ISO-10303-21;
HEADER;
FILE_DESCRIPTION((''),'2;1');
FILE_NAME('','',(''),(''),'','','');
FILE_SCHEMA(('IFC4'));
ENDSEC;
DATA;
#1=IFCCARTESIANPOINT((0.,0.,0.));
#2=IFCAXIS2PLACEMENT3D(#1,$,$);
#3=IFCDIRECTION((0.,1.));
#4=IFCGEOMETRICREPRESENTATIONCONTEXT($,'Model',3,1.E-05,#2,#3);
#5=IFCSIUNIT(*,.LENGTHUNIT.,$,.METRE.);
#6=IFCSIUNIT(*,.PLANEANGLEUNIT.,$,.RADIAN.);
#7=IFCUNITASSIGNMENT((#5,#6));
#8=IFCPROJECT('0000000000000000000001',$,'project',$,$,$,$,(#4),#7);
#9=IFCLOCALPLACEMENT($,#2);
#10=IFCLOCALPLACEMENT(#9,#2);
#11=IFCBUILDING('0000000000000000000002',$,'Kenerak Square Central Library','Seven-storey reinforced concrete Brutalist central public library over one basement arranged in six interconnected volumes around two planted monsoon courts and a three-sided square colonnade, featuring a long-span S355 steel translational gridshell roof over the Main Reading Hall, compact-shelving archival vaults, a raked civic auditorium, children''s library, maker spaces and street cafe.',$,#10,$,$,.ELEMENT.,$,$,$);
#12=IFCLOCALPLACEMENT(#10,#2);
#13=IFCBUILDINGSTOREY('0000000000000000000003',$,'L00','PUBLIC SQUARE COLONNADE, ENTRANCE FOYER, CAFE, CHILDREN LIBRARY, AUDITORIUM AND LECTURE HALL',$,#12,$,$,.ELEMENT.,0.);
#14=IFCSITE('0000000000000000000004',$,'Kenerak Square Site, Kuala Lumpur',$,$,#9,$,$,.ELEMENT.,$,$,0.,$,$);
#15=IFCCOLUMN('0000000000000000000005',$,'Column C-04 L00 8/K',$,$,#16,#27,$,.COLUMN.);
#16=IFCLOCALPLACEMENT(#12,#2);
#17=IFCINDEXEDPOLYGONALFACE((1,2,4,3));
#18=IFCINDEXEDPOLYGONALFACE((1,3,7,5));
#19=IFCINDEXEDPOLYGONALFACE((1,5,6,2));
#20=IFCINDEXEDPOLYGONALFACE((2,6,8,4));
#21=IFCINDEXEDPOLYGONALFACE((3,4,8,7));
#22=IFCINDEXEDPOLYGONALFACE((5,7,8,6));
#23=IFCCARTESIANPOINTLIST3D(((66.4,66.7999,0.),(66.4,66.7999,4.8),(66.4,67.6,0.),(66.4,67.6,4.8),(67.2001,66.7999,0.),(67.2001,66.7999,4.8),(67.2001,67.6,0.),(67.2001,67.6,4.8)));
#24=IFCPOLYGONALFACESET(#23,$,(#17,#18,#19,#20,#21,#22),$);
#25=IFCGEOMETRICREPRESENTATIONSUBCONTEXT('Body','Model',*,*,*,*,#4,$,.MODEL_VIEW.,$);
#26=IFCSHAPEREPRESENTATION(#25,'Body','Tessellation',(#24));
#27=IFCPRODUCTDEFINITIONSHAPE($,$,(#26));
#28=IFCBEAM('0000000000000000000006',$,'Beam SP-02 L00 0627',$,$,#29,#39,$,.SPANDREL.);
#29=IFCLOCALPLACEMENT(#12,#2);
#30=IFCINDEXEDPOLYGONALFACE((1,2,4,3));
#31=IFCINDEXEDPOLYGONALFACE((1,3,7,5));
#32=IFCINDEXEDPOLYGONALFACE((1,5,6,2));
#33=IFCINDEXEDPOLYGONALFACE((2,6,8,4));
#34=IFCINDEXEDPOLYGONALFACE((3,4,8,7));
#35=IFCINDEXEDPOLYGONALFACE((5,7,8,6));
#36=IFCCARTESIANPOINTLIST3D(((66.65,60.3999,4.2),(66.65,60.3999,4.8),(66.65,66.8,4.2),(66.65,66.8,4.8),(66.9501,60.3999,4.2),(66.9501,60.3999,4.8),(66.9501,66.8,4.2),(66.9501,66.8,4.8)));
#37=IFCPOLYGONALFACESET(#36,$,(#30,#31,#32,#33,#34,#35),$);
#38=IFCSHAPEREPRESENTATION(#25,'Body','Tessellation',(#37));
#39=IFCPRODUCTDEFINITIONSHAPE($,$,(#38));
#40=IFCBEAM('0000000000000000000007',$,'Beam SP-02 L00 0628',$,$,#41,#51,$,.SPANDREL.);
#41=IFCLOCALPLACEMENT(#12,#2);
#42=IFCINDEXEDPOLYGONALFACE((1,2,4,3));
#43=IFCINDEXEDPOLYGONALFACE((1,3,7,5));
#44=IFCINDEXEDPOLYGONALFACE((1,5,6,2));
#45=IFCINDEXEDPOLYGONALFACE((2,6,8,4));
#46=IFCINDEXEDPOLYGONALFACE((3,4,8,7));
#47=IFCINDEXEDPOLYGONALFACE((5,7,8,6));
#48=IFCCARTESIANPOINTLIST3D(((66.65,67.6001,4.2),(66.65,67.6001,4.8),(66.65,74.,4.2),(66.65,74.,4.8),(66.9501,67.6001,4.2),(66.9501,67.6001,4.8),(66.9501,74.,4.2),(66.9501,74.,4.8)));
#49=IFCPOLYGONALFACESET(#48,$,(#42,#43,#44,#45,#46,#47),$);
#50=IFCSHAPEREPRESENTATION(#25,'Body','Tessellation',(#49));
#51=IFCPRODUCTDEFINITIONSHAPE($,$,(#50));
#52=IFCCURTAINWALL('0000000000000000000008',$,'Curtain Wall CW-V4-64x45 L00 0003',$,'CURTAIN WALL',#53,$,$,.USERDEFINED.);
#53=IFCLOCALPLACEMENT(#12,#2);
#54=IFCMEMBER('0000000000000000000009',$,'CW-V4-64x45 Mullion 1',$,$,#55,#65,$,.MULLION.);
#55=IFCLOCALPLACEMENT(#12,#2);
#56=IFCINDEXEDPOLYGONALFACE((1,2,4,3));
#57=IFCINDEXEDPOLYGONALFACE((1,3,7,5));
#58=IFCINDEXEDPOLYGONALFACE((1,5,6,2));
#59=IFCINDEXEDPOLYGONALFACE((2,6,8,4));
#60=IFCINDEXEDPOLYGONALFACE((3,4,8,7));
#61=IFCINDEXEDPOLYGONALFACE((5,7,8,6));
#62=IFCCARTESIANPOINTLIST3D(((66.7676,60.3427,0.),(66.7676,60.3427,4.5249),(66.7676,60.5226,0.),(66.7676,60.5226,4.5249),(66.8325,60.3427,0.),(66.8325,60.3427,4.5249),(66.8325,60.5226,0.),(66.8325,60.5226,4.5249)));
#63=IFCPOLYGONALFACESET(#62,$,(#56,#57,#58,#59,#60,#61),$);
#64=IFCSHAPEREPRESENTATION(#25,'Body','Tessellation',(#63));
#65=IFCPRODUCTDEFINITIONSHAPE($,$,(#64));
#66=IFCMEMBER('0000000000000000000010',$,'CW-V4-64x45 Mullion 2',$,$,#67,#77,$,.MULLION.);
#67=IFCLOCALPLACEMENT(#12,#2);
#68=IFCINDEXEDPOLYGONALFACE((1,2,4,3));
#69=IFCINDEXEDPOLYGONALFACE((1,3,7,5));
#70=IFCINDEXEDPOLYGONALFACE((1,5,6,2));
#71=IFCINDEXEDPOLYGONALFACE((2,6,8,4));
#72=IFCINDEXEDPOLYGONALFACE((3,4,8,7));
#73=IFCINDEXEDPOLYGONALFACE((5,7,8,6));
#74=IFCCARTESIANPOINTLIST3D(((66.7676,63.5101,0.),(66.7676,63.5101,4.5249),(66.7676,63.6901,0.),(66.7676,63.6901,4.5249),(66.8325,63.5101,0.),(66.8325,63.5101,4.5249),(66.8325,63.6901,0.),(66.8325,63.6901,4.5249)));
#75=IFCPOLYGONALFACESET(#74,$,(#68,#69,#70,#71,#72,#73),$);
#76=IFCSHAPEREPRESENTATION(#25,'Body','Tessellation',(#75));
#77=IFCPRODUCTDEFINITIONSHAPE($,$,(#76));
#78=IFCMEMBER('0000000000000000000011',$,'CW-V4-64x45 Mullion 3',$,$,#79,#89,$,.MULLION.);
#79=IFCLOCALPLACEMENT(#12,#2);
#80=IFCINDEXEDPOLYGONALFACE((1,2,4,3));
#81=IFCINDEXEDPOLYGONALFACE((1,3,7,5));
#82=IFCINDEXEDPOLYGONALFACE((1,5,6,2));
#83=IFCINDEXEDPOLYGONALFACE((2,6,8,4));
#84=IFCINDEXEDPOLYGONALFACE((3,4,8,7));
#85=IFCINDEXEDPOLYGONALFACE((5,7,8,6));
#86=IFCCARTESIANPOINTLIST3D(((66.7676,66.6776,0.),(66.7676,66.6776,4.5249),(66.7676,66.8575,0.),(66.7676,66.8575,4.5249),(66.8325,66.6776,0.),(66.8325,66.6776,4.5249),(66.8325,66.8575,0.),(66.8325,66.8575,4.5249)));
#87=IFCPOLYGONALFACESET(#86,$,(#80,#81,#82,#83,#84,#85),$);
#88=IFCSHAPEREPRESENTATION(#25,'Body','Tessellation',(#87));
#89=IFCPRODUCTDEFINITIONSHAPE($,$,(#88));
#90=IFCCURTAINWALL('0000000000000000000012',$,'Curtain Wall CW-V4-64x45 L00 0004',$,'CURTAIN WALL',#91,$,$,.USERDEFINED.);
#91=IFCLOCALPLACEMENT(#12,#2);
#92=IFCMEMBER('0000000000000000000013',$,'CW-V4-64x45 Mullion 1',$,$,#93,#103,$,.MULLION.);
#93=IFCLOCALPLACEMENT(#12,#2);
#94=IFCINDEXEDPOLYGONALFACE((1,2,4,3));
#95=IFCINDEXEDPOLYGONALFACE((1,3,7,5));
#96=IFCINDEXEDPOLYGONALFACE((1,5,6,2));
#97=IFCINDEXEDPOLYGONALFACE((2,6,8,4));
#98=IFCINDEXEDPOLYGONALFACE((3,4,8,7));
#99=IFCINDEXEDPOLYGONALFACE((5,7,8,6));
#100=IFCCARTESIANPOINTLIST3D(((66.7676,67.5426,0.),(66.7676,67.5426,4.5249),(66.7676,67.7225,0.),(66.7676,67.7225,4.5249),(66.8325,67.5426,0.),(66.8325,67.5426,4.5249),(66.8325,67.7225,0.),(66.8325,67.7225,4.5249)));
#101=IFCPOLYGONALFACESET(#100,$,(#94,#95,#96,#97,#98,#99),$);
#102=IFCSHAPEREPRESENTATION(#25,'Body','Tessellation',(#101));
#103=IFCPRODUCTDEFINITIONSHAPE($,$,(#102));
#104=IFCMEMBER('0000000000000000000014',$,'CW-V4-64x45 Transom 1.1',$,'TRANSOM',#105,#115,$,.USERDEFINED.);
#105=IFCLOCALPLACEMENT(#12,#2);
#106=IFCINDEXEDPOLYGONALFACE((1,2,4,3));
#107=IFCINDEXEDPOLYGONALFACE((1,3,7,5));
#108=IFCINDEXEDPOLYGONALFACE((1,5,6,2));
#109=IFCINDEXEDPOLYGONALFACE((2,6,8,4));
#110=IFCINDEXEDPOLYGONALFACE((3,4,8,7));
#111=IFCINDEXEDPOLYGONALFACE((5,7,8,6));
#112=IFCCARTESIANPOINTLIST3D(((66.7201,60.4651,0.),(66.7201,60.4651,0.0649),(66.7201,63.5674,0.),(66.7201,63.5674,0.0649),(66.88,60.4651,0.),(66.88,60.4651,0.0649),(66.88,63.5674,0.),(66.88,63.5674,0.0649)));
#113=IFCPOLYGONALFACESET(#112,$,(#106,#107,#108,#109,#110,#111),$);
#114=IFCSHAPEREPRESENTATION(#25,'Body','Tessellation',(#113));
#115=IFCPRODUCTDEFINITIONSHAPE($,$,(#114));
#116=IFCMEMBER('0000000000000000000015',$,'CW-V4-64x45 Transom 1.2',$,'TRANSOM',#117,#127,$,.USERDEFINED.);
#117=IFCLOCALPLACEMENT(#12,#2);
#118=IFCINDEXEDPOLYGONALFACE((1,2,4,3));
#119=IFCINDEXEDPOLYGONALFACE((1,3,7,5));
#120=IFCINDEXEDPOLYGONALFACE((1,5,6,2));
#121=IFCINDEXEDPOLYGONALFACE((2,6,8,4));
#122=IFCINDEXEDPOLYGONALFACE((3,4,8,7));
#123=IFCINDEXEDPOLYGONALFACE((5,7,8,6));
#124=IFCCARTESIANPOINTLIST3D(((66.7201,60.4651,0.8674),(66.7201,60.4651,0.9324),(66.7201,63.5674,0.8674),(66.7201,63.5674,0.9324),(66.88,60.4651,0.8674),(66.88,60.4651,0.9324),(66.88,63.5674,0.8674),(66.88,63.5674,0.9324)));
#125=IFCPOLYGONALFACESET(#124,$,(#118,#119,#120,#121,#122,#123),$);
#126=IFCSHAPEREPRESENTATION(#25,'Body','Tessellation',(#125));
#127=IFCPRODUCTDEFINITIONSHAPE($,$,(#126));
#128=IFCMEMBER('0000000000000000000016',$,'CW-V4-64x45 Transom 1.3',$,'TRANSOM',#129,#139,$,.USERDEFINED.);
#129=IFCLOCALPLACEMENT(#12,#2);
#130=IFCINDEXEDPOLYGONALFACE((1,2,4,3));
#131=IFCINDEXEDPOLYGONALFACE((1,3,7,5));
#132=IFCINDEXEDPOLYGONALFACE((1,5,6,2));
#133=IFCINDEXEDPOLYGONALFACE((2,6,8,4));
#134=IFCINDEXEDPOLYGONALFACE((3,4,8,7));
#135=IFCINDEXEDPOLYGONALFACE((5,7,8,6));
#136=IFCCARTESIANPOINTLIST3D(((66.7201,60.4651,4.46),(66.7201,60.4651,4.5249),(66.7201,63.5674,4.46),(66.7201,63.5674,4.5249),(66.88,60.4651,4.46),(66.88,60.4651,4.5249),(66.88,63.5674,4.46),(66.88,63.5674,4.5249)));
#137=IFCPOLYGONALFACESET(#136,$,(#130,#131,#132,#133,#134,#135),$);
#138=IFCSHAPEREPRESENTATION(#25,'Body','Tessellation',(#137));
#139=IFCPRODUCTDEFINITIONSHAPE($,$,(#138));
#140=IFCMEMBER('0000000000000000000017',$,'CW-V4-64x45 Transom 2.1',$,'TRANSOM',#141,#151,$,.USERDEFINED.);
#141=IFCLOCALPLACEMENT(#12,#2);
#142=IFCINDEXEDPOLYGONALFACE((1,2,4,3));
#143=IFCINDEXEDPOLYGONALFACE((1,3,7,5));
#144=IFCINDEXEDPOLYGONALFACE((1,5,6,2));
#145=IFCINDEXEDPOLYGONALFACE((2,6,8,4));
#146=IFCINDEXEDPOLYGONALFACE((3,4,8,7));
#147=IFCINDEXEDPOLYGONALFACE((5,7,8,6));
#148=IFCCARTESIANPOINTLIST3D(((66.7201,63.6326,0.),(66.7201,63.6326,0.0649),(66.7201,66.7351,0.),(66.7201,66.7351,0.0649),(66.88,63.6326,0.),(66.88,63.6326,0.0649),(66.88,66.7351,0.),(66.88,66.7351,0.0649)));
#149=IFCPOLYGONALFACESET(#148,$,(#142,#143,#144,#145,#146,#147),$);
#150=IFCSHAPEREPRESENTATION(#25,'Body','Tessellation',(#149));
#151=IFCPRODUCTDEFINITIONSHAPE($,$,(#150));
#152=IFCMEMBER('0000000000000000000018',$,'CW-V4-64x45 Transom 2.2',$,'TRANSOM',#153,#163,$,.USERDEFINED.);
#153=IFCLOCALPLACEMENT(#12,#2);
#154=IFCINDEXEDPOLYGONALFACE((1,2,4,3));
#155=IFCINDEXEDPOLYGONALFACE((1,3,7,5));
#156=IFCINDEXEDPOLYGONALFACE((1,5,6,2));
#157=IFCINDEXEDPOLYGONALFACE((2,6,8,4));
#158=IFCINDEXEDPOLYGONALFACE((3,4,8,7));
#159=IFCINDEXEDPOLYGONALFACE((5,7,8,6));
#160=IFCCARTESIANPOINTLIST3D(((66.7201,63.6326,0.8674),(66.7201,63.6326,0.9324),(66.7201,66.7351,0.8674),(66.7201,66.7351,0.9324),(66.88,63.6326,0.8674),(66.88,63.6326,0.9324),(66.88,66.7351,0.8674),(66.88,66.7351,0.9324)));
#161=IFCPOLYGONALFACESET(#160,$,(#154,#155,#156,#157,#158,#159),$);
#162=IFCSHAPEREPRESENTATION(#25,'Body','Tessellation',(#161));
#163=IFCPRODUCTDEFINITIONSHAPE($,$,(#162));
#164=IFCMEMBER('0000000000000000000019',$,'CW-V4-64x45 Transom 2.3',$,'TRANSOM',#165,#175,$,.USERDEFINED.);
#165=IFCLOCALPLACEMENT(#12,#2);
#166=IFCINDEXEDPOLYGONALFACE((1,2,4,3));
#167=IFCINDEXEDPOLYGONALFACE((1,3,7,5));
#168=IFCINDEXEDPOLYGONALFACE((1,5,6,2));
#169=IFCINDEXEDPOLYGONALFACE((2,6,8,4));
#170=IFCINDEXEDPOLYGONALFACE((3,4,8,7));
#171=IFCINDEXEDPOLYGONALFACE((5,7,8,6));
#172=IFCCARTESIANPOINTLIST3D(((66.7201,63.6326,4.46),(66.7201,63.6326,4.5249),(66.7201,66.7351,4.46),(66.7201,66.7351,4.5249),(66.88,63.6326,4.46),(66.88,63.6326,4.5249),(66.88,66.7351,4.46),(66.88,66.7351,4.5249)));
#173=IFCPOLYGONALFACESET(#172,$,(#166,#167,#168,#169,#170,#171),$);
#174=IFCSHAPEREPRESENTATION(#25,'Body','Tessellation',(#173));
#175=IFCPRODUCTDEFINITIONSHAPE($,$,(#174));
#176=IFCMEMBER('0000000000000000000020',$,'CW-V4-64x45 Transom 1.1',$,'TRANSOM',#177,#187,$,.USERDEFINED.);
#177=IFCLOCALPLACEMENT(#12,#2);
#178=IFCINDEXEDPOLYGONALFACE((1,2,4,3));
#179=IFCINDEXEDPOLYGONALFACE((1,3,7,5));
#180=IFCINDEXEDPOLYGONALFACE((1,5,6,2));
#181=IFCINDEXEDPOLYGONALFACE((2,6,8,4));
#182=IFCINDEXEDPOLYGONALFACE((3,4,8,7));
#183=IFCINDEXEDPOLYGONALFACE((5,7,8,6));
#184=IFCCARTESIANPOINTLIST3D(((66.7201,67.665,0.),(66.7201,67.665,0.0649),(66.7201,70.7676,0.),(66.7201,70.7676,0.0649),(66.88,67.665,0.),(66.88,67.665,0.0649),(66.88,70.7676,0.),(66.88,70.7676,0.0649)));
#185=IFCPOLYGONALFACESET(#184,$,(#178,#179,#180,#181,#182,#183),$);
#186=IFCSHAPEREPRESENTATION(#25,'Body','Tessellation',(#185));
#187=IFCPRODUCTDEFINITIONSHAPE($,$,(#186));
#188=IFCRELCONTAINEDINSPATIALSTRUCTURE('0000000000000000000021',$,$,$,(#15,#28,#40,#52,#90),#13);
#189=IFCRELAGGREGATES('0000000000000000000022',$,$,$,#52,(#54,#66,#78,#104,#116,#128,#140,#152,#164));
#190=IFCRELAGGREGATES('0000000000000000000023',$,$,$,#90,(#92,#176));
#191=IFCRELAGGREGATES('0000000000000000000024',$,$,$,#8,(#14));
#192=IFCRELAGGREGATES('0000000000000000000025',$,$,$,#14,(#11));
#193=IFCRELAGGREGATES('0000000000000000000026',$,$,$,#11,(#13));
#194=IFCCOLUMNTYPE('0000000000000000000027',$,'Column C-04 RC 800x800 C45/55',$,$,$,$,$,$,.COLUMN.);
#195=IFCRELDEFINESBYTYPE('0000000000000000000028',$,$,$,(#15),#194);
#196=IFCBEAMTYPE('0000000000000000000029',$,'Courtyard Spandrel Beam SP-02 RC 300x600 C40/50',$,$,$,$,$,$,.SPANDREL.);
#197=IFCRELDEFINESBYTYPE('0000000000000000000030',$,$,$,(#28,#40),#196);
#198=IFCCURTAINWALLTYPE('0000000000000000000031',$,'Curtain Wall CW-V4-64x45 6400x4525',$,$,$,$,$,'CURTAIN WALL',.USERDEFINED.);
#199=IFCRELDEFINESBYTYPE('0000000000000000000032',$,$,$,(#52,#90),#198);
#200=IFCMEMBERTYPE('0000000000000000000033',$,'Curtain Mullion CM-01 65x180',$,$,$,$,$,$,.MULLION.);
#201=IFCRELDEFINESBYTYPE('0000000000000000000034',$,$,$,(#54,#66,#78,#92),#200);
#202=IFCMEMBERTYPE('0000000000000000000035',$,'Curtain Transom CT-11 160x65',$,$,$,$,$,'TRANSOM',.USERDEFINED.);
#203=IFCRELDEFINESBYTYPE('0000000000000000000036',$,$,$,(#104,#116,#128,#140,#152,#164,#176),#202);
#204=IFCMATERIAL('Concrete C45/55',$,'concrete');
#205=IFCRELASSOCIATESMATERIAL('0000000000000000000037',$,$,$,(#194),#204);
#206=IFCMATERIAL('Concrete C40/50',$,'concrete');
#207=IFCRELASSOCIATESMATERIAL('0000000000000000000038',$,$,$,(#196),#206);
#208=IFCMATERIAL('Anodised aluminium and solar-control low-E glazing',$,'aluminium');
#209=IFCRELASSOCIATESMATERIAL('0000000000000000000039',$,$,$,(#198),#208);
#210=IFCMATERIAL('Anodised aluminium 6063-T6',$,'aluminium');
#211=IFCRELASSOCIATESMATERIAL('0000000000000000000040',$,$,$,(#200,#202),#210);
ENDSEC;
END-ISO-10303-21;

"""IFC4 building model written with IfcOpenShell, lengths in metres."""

from ifc_helpers import new_model, si_unit, direction, frame, origin, origin_2d, place, context, subcontext, project, spatial, rectangle, extrude, material, material_profile, profile_set, type_object, element, aggregate, save


model = new_model("IFC4")

# Units and contexts
model_context = context("Model", 3, precision=1e-05, world=origin(), true_north=direction((0.0, 1.0)))
body_context = subcontext(model_context, "Body", "Model", "MODEL_VIEW")
ifc_project = project(units=[si_unit("LENGTHUNIT", "METRE"), si_unit("PLANEANGLEUNIT", "RADIAN")], contexts=[model_context])

# Site, building, storey
site_placement = place(None, origin())
site = spatial("IfcSite", under=ifc_project, at=site_placement, Name="Kenerak Square Site, Kuala Lumpur", CompositionType="ELEMENT", RefElevation=0.0)
building_placement = place(site_placement, origin())
building = spatial("IfcBuilding", under=site, at=building_placement, Name="Kenerak Square Central Library", Description="Seven-storey reinforced concrete Brutalist central public library over one basement arranged in six interconnected volumes around two planted monsoon courts and a three-sided square colonnade, featuring a long-span S355 steel translational gridshell roof over the Main Reading Hall, compact-shelving archival vaults, a raked civic auditorium, children's library, maker spaces and street cafe.", CompositionType="ELEMENT")
storey_placement = place(building_placement, origin())
storey = spatial("IfcBuildingStorey", under=building, at=storey_placement, Name="L00", Description="PUBLIC SQUARE COLONNADE, ENTRANCE FOYER, CAFE, CHILDREN LIBRARY, AUDITORIUM AND LECTURE HALL", CompositionType="ELEMENT", Elevation=0.0)

# Column
ifc_material_1 = material(Name="Concrete C45/55", Category="concrete")
ifc_material_profile_1 = material_profile(ifc_material_1, rectangle(XDim=0.8, YDim=0.8, at=origin_2d()), Name="RC 800x800")
ifc_profile_set_1 = profile_set([ifc_material_profile_1], Name="Concrete C45/55")
column_type = type_object("IfcColumnType", Name="Column C-04 RC 800x800 C45/55", PredefinedType="COLUMN", material=ifc_profile_set_1)
column_placement = place(storey_placement, frame((66.8, 67.2, 0.0), z_axis=(0.0, 0.0, 1.0), x_axis=(1.0, 0.0, 0.0)))
element("IfcColumn", 1, at=column_placement, inside=storey, type_object=column_type, Name="Column C-04 L00 8/K", PredefinedType="COLUMN", context=body_context, shape_type="SweptSolid", body=[
    extrude(rectangle(XDim=0.8, YDim=0.8, at=origin_2d()), origin(), (0.0, 0.0, 1.0), 4.8),
])

# Beams
ifc_material_2 = material(Name="Concrete C40/50", Category="concrete")
ifc_material_profile_2 = material_profile(ifc_material_2, rectangle(XDim=0.3, YDim=0.6001, at=origin_2d()), Name="RC 300x600")
ifc_profile_set_2 = profile_set([ifc_material_profile_2], Name="Concrete C40/50")
beam_type = type_object("IfcBeamType", Name="Courtyard Spandrel Beam SP-02 RC 300x600 C40/50", PredefinedType="SPANDREL", material=ifc_profile_set_2)
beam_1_placement = place(storey_placement, frame((66.8, 60.3999, 4.5), z_axis=(0.0, 1.0, 0.0), x_axis=(-1.0, 0.0, 0.0)))
element("IfcBeam", 2, at=beam_1_placement, inside=storey, type_object=beam_type, Name="Beam SP-02 L00 0627", PredefinedType="SPANDREL", context=body_context, shape_type="SweptSolid", body=[
    extrude(rectangle(XDim=0.3, YDim=0.6001, at=origin_2d()), origin(), (0.0, 0.0, 1.0), 6.4001),
])
beam_2_placement = place(storey_placement, frame((66.8, 67.6001, 4.5), z_axis=(0.0, 1.0, 0.0), x_axis=(-1.0, 0.0, 0.0)))
element("IfcBeam", 3, at=beam_2_placement, inside=storey, type_object=beam_type, Name="Beam SP-02 L00 0628", PredefinedType="SPANDREL", context=body_context, shape_type="SweptSolid", body=[
    extrude(rectangle(XDim=0.3, YDim=0.6001, at=origin_2d()), origin(), (0.0, 0.0, 1.0), 6.3999),
])

# Curtain wall, members
ifc_material_3 = material(Name="Anodised aluminium and solar-control low-E glazing", Category="aluminium")
curtain_wall_type = type_object("IfcCurtainWallType", Name="Curtain Wall CW-V4-64x45 6400x4525", ElementType="CURTAIN WALL", PredefinedType="USERDEFINED", material=ifc_material_3)
curtain_wall_1_placement = place(storey_placement, origin())
curtain_wall_1 = element("IfcCurtainWall", 4, at=curtain_wall_1_placement, inside=storey, type_object=curtain_wall_type, Name="Curtain Wall CW-V4-64x45 L00 0003", ObjectType="CURTAIN WALL", PredefinedType="USERDEFINED")
ifc_material_4 = material(Name="Anodised aluminium 6063-T6", Category="aluminium")
ifc_material_profile_3 = material_profile(ifc_material_4, rectangle(XDim=0.0649, YDim=0.1799, at=origin_2d()), Name="AL MULLION 65x180")
ifc_profile_set_3 = profile_set([ifc_material_profile_3], Name="Anodised aluminium 6063-T6")
member_type_1 = type_object("IfcMemberType", Name="Curtain Mullion CM-01 65x180", PredefinedType="MULLION", material=ifc_profile_set_3)
member_1_placement = place(storey_placement, frame((66.8, 60.4326, 0.0), z_axis=(0.0, 0.0, 1.0), x_axis=(-1.0, 0.0, 0.0)))
member_1 = element("IfcMember", 5, at=member_1_placement, type_object=member_type_1, Name="CW-V4-64x45 Mullion 1", PredefinedType="MULLION", context=body_context, shape_type="SweptSolid", body=[
    extrude(rectangle(XDim=0.0649, YDim=0.1799, at=origin_2d()), origin(), (0.0, 0.0, 1.0), 4.5249),
])
member_2_placement = place(storey_placement, frame((66.8, 63.6001, 0.0), z_axis=(0.0, 0.0, 1.0), x_axis=(-1.0, 0.0, 0.0)))
member_2 = element("IfcMember", 6, at=member_2_placement, type_object=member_type_1, Name="CW-V4-64x45 Mullion 2", PredefinedType="MULLION", context=body_context, shape_type="SweptSolid", body=[
    extrude(rectangle(XDim=0.0649, YDim=0.1799, at=origin_2d()), origin(), (0.0, 0.0, 1.0), 4.5249),
])
member_3_placement = place(storey_placement, frame((66.8, 66.7676, 0.0), z_axis=(0.0, 0.0, 1.0), x_axis=(-1.0, 0.0, 0.0)))
member_3 = element("IfcMember", 7, at=member_3_placement, type_object=member_type_1, Name="CW-V4-64x45 Mullion 3", PredefinedType="MULLION", context=body_context, shape_type="SweptSolid", body=[
    extrude(rectangle(XDim=0.0649, YDim=0.1799, at=origin_2d()), origin(), (0.0, 0.0, 1.0), 4.5249),
])

# Curtain wall, member
curtain_wall_2_placement = place(storey_placement, origin())
curtain_wall_2 = element("IfcCurtainWall", 8, at=curtain_wall_2_placement, inside=storey, type_object=curtain_wall_type, Name="Curtain Wall CW-V4-64x45 L00 0004", ObjectType="CURTAIN WALL", PredefinedType="USERDEFINED")
member_4_placement = place(storey_placement, frame((66.8, 67.6326, 0.0), z_axis=(0.0, 0.0, 1.0), x_axis=(-1.0, 0.0, 0.0)))
member_4 = element("IfcMember", 9, at=member_4_placement, type_object=member_type_1, Name="CW-V4-64x45 Mullion 1", PredefinedType="MULLION", context=body_context, shape_type="SweptSolid", body=[
    extrude(rectangle(XDim=0.0649, YDim=0.1799, at=origin_2d()), origin(), (0.0, 0.0, 1.0), 4.5249),
])

# Members
ifc_material_profile_4 = material_profile(ifc_material_4, rectangle(XDim=0.1599, YDim=0.0649, at=origin_2d()), Name="AL TRANSOM 160x65")
ifc_profile_set_4 = profile_set([ifc_material_profile_4], Name="Anodised aluminium 6063-T6")
member_type_2 = type_object("IfcMemberType", Name="Curtain Transom CT-11 160x65", ElementType="TRANSOM", PredefinedType="USERDEFINED", material=ifc_profile_set_4)
member_5_placement = place(storey_placement, frame((66.8, 60.4651, 0.0325), z_axis=(0.0, 1.0, 0.0), x_axis=(-1.0, 0.0, 0.0)))
member_5 = element("IfcMember", 10, at=member_5_placement, type_object=member_type_2, Name="CW-V4-64x45 Transom 1.1", ObjectType="TRANSOM", PredefinedType="USERDEFINED", context=body_context, shape_type="SweptSolid", body=[
    extrude(rectangle(XDim=0.1599, YDim=0.0649, at=origin_2d()), origin(), (0.0, 0.0, 1.0), 3.1023),
])
member_6_placement = place(storey_placement, frame((66.8, 60.4651, 0.8999), z_axis=(0.0, 1.0, 0.0), x_axis=(-1.0, 0.0, 0.0)))
member_6 = element("IfcMember", 11, at=member_6_placement, type_object=member_type_2, Name="CW-V4-64x45 Transom 1.2", ObjectType="TRANSOM", PredefinedType="USERDEFINED", context=body_context, shape_type="SweptSolid", body=[
    extrude(rectangle(XDim=0.1599, YDim=0.0649, at=origin_2d()), origin(), (0.0, 0.0, 1.0), 3.1023),
])
member_7_placement = place(storey_placement, frame((66.8, 60.4651, 4.4924), z_axis=(0.0, 1.0, 0.0), x_axis=(-1.0, 0.0, 0.0)))
member_7 = element("IfcMember", 12, at=member_7_placement, type_object=member_type_2, Name="CW-V4-64x45 Transom 1.3", ObjectType="TRANSOM", PredefinedType="USERDEFINED", context=body_context, shape_type="SweptSolid", body=[
    extrude(rectangle(XDim=0.1599, YDim=0.0649, at=origin_2d()), origin(), (0.0, 0.0, 1.0), 3.1023),
])
member_8_placement = place(storey_placement, frame((66.8, 63.6326, 0.0325), z_axis=(0.0, 1.0, 0.0), x_axis=(-1.0, 0.0, 0.0)))
member_8 = element("IfcMember", 13, at=member_8_placement, type_object=member_type_2, Name="CW-V4-64x45 Transom 2.1", ObjectType="TRANSOM", PredefinedType="USERDEFINED", context=body_context, shape_type="SweptSolid", body=[
    extrude(rectangle(XDim=0.1599, YDim=0.0649, at=origin_2d()), origin(), (0.0, 0.0, 1.0), 3.1025),
])
member_9_placement = place(storey_placement, frame((66.8, 63.6326, 0.8999), z_axis=(0.0, 1.0, 0.0), x_axis=(-1.0, 0.0, 0.0)))
member_9 = element("IfcMember", 14, at=member_9_placement, type_object=member_type_2, Name="CW-V4-64x45 Transom 2.2", ObjectType="TRANSOM", PredefinedType="USERDEFINED", context=body_context, shape_type="SweptSolid", body=[
    extrude(rectangle(XDim=0.1599, YDim=0.0649, at=origin_2d()), origin(), (0.0, 0.0, 1.0), 3.1025),
])
member_10_placement = place(storey_placement, frame((66.8, 63.6326, 4.4924), z_axis=(0.0, 1.0, 0.0), x_axis=(-1.0, 0.0, 0.0)))
member_10 = element("IfcMember", 15, at=member_10_placement, type_object=member_type_2, Name="CW-V4-64x45 Transom 2.3", ObjectType="TRANSOM", PredefinedType="USERDEFINED", context=body_context, shape_type="SweptSolid", body=[
    extrude(rectangle(XDim=0.1599, YDim=0.0649, at=origin_2d()), origin(), (0.0, 0.0, 1.0), 3.1025),
])
member_11_placement = place(storey_placement, frame((66.8, 67.665, 0.0325), z_axis=(0.0, 1.0, 0.0), x_axis=(-1.0, 0.0, 0.0)))
member_11 = element("IfcMember", 16, at=member_11_placement, type_object=member_type_2, Name="CW-V4-64x45 Transom 1.1", ObjectType="TRANSOM", PredefinedType="USERDEFINED", context=body_context, shape_type="SweptSolid", body=[
    extrude(rectangle(XDim=0.1599, YDim=0.0649, at=origin_2d()), origin(), (0.0, 0.0, 1.0), 3.1025),
])

aggregate(curtain_wall_1, [member_1, member_2, member_3, member_5, member_6, member_7, member_8, member_9, member_10])
aggregate(curtain_wall_2, [member_4, member_11])

save(model, "model.ifc")
